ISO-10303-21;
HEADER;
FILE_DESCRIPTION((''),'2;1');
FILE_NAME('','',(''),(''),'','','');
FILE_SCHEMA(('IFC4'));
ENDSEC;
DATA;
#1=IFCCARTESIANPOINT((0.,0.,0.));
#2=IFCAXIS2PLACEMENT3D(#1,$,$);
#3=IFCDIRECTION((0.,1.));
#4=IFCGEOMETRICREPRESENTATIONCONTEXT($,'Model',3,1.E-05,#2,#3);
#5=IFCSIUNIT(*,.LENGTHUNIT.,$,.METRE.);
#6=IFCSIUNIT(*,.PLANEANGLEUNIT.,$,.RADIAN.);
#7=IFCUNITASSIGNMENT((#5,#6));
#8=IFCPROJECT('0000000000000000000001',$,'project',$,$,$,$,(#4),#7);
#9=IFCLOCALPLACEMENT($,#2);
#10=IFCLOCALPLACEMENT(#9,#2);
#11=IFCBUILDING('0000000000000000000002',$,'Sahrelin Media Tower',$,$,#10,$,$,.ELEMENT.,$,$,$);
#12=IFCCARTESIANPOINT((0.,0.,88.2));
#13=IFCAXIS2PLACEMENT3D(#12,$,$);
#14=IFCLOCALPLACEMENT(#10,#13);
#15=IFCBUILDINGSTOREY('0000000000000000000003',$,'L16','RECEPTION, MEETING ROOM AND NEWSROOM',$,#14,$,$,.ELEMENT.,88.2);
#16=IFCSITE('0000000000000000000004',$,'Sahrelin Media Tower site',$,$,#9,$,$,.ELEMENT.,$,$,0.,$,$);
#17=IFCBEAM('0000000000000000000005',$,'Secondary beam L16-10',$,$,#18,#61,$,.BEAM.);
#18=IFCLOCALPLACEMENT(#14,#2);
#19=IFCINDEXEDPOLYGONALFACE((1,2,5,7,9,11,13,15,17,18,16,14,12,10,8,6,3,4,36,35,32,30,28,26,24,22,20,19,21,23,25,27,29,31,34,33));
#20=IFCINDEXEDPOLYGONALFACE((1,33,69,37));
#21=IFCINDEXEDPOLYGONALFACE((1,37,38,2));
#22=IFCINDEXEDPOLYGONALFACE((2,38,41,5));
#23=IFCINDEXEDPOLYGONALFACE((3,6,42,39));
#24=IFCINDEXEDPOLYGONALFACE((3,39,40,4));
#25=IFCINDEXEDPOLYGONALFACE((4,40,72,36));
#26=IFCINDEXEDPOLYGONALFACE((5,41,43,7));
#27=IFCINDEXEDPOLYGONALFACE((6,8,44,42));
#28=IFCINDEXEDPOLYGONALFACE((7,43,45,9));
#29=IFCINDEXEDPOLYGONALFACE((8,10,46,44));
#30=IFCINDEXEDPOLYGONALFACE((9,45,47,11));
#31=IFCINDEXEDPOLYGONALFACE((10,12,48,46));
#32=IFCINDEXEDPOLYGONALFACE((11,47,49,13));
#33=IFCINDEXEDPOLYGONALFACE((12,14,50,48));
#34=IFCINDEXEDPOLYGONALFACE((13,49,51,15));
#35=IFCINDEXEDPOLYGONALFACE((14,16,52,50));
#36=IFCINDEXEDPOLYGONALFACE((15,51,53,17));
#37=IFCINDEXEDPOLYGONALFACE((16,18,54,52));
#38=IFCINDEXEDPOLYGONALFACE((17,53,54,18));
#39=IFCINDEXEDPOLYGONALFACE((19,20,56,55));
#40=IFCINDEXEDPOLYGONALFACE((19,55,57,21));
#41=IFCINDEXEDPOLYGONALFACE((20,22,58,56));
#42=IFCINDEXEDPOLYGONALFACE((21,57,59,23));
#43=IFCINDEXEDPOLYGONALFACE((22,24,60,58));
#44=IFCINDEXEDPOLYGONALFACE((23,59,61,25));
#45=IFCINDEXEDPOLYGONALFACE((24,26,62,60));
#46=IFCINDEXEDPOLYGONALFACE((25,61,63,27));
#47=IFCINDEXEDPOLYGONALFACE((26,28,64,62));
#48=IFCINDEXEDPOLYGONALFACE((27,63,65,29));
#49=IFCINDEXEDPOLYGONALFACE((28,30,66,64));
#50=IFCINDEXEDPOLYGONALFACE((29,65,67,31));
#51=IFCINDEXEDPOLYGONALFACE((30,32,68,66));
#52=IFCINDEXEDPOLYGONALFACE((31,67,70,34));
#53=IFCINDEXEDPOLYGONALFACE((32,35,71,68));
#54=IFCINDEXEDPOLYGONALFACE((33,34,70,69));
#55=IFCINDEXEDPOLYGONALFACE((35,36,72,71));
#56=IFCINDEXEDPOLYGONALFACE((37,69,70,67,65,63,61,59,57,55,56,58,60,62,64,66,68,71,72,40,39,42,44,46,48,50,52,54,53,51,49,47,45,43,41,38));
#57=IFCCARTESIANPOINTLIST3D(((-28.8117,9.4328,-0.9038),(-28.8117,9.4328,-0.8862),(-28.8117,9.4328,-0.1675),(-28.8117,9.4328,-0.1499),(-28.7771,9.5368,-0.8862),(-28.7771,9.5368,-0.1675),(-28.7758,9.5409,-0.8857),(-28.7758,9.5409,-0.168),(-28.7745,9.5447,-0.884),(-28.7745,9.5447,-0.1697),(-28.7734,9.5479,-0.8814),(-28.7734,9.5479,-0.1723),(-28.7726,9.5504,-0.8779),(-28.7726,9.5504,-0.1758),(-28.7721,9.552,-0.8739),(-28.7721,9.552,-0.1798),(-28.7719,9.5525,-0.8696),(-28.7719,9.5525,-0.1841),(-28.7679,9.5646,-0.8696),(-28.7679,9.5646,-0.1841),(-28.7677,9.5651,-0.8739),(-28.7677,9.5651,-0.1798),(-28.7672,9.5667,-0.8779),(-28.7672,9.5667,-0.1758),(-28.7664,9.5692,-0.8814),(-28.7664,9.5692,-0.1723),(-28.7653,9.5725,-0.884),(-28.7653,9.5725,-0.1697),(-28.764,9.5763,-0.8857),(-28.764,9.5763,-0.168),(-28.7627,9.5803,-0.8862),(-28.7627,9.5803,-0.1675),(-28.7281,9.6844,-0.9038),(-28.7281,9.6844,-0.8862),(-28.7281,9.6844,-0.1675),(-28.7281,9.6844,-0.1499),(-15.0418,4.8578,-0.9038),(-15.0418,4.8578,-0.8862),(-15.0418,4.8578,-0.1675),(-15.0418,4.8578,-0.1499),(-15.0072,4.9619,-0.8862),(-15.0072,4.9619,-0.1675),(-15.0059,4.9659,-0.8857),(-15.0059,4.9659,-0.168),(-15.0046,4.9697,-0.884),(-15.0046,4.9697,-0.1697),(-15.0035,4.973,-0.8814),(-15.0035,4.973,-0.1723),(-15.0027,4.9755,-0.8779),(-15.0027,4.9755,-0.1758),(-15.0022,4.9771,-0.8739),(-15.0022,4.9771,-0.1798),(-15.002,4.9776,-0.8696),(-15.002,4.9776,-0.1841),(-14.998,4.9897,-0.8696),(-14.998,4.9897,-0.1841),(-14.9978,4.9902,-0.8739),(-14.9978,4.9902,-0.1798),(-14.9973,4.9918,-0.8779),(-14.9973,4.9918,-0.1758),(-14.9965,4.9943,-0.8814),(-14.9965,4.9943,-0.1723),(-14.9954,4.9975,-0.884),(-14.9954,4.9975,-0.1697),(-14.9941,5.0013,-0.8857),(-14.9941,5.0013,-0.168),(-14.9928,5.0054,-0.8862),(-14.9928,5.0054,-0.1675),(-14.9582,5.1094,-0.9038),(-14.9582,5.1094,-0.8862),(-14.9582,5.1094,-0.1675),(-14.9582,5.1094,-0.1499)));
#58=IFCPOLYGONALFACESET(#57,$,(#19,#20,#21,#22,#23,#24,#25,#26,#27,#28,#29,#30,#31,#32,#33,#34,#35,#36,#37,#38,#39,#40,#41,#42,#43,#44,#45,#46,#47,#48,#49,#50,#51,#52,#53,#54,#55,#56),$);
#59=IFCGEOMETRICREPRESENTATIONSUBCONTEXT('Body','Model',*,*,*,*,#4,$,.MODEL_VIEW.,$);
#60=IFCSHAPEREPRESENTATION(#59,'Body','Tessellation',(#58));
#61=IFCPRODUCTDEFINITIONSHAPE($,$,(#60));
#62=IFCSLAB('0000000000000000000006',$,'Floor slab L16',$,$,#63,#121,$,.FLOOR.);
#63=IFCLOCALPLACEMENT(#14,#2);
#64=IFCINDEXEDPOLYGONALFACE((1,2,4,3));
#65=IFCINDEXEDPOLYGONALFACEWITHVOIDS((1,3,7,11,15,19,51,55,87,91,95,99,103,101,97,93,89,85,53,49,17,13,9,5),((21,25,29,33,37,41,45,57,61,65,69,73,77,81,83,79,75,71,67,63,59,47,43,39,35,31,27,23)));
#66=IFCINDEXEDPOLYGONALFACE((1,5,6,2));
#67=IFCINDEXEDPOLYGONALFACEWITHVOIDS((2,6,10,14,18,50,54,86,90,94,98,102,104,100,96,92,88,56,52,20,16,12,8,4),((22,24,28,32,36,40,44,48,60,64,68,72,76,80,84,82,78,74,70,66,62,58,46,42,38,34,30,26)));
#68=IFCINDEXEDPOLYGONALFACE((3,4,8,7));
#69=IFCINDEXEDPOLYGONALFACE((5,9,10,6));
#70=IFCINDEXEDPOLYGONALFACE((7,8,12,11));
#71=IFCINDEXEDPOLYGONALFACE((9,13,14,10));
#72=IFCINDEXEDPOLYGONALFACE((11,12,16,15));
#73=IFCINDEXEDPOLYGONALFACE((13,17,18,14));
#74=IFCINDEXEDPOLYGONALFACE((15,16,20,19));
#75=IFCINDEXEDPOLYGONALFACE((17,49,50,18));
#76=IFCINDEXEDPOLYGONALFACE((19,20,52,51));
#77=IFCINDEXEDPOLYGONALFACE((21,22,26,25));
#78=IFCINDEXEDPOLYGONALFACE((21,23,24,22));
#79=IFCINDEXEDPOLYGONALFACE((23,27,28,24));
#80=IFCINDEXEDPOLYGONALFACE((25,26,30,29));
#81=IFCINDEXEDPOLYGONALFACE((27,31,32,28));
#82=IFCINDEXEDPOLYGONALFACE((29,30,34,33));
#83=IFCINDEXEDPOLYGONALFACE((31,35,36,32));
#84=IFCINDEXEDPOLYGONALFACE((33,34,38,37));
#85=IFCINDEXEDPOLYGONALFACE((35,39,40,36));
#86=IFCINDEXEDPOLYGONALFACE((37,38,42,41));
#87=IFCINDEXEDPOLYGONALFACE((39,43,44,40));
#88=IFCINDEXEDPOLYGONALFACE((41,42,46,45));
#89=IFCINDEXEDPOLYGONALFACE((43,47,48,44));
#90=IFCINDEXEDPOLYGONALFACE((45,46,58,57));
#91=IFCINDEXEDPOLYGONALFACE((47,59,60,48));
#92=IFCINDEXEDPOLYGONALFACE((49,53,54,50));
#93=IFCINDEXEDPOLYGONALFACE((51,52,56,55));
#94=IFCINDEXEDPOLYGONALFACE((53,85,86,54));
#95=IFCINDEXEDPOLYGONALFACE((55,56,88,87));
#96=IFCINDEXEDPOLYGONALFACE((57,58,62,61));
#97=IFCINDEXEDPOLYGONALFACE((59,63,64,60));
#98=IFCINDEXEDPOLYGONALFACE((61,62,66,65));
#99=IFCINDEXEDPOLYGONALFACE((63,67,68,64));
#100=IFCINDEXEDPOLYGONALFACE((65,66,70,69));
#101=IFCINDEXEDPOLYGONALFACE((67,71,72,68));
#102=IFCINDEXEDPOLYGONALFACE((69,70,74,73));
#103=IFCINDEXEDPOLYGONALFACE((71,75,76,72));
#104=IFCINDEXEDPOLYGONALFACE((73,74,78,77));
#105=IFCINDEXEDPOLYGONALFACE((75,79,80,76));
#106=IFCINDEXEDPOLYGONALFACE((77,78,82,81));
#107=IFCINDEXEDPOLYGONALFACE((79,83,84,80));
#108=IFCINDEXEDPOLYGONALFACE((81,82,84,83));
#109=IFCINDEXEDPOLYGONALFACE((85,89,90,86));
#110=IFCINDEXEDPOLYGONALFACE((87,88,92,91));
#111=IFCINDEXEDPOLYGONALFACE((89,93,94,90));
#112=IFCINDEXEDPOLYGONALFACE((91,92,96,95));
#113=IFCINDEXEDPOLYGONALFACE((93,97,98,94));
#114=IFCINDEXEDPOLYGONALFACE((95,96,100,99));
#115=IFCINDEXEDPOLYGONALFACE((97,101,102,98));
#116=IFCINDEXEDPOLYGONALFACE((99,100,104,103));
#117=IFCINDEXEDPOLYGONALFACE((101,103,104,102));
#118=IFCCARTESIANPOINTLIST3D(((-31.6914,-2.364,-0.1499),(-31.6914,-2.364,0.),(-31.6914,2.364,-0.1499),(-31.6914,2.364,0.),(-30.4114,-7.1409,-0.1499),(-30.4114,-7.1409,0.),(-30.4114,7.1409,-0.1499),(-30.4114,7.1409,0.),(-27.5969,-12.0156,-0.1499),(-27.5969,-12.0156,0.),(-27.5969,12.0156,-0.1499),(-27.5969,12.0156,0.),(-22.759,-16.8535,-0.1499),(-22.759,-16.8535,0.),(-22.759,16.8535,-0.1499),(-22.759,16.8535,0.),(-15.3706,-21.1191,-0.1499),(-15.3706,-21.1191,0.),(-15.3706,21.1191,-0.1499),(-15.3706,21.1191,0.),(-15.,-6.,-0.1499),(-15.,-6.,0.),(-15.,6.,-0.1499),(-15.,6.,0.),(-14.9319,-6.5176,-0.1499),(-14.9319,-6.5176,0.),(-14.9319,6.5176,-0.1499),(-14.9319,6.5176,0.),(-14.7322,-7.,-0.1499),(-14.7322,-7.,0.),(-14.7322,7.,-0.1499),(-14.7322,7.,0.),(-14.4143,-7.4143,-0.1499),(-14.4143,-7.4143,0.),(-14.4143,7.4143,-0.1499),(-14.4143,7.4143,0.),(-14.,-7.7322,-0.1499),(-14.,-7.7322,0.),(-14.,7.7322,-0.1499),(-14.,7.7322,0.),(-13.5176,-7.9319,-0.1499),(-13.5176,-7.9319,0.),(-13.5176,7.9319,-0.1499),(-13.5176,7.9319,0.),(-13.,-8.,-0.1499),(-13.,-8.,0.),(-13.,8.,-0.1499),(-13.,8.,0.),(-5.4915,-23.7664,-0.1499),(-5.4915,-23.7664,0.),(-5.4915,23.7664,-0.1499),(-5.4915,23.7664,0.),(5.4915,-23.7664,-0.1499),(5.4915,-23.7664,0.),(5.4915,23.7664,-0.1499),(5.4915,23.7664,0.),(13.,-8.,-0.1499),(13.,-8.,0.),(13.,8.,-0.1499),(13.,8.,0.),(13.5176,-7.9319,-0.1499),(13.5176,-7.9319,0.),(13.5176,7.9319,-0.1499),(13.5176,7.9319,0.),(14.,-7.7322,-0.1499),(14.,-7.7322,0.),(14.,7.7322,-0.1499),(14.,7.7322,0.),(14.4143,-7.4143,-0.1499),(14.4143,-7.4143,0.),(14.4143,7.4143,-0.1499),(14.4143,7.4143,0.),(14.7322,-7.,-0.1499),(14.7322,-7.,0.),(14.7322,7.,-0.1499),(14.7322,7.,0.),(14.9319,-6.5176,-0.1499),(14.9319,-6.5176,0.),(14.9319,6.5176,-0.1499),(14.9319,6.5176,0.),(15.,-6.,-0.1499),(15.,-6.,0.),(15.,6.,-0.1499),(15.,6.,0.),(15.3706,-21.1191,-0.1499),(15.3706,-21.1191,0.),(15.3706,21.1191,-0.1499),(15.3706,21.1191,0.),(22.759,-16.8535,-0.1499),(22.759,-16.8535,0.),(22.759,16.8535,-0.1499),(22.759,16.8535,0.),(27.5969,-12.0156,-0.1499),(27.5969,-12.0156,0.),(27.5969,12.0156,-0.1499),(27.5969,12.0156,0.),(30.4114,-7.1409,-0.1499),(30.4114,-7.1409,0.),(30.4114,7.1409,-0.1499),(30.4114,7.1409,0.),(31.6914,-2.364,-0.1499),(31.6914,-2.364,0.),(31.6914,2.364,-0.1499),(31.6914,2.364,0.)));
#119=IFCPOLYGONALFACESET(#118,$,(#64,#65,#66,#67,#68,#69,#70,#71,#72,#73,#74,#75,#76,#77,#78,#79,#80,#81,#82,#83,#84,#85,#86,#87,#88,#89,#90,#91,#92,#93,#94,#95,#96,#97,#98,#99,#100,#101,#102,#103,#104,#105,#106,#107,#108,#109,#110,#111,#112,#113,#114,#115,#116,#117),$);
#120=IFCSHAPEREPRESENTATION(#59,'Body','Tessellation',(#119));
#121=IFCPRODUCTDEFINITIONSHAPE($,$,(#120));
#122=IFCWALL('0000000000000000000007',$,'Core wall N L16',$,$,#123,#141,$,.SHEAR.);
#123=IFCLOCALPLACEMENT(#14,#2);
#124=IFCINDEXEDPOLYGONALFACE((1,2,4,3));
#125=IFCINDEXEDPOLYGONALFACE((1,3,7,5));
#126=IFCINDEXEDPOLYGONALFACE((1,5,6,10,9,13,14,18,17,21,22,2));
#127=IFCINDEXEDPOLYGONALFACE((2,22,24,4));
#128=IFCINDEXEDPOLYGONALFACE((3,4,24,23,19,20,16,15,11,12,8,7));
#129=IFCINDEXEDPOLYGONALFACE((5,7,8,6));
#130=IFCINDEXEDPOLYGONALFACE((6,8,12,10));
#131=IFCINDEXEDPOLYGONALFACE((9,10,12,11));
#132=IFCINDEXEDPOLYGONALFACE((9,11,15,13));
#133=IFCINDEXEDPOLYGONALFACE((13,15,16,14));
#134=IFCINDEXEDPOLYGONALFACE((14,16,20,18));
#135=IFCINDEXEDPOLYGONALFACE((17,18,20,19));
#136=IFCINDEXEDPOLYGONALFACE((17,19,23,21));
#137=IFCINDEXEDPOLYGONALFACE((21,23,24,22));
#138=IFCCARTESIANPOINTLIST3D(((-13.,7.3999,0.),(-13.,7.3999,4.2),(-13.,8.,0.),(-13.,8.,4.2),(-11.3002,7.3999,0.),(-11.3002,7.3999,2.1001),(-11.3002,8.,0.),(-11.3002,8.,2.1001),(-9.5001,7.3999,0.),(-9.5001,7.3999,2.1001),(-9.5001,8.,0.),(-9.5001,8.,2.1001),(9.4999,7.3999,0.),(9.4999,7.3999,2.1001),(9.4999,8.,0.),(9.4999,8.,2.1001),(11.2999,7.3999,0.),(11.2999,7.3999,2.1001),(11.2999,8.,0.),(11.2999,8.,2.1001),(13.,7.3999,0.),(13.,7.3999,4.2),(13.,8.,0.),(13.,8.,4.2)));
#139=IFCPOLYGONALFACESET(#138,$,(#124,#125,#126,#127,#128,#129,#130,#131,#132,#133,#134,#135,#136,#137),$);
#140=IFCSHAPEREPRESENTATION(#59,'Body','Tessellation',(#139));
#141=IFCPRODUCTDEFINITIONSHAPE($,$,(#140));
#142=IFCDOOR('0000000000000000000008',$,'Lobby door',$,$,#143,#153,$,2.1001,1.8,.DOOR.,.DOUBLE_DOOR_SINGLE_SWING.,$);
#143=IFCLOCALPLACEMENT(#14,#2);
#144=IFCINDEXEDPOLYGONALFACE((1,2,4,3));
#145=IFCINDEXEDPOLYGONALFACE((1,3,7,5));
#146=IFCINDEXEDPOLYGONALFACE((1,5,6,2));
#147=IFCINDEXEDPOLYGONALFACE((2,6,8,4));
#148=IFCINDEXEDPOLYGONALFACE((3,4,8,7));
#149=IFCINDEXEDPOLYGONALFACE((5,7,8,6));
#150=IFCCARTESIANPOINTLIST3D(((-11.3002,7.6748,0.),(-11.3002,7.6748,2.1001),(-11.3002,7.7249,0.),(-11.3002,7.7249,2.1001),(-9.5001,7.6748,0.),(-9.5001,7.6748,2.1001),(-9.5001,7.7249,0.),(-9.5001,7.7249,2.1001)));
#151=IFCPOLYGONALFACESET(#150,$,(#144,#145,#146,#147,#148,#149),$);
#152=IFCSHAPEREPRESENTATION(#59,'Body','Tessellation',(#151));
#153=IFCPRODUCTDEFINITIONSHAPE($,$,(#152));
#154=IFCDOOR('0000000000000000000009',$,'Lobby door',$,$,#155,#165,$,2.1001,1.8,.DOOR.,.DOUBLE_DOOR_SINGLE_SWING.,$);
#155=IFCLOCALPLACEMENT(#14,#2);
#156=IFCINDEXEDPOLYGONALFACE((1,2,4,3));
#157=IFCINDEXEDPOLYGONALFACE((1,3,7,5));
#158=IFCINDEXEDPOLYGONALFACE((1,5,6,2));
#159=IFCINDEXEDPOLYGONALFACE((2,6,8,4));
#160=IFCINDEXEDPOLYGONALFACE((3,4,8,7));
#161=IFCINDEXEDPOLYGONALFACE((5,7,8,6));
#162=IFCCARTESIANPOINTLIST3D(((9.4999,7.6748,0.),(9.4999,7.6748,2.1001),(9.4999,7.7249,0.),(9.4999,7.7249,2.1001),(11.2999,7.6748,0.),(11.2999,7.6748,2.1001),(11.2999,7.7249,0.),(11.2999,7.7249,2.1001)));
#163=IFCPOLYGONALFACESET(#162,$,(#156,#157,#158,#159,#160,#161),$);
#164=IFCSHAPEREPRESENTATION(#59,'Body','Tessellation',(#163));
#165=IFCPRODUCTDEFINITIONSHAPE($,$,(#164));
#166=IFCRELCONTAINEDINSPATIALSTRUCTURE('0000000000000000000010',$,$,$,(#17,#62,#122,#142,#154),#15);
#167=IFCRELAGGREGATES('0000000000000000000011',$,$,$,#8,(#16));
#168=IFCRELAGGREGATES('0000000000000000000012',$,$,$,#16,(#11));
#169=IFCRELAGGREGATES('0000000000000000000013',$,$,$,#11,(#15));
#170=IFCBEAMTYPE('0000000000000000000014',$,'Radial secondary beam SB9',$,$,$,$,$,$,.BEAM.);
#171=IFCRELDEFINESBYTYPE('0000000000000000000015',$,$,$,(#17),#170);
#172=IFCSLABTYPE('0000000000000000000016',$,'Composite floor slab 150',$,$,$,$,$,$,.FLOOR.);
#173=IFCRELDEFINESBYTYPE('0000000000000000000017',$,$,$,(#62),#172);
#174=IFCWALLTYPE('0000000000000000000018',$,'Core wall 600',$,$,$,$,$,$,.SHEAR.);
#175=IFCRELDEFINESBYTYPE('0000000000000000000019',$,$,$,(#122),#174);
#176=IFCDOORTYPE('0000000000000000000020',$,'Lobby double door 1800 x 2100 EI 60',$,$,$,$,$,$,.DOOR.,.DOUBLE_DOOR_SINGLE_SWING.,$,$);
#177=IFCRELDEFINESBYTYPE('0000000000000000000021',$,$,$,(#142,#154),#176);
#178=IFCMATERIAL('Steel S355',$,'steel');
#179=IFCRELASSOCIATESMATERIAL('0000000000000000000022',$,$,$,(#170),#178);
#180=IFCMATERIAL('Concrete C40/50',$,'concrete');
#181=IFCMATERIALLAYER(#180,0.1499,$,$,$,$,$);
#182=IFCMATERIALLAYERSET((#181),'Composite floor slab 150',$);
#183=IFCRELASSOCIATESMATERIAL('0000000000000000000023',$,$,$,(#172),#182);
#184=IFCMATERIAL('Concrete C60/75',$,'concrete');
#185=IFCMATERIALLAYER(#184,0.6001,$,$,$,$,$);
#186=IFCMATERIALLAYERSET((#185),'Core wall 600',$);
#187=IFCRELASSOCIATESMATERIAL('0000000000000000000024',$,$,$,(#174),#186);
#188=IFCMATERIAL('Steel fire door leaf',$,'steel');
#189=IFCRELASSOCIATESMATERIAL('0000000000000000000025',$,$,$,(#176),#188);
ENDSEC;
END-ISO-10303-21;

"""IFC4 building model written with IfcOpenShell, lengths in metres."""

from ifc_helpers import new_model, si_unit, direction, frame, frame_2d, origin, origin_2d, place, context, subcontext, project, spatial, polyline, rectangle, i_section, outline, extrude, material, layer, layer_set, material_profile, profile_set, type_object, element, fill, save


model = new_model("IFC4")

# Units and contexts
model_context = context("Model", 3, precision=1e-05, world=origin(), true_north=direction((0.0, 1.0)))
body_context = subcontext(model_context, "Body", "Model", "MODEL_VIEW")
ifc_project = project(units=[si_unit("LENGTHUNIT", "METRE"), si_unit("PLANEANGLEUNIT", "RADIAN")], contexts=[model_context])

# Site, building, storey
site_placement = place(None, origin())
site = spatial("IfcSite", under=ifc_project, at=site_placement, Name="Sahrelin Media Tower site", CompositionType="ELEMENT", RefElevation=0.0)
building_placement = place(site_placement, origin())
building = spatial("IfcBuilding", under=site, at=building_placement, Name="Sahrelin Media Tower", CompositionType="ELEMENT")
storey_placement = place(building_placement, frame((0.0, 0.0, 88.2)))
storey = spatial("IfcBuildingStorey", under=building, at=storey_placement, Name="L16", Description="RECEPTION, MEETING ROOM AND NEWSROOM", CompositionType="ELEMENT", Elevation=88.2)

# Beam
ifc_material_1 = material(Name="Steel S355", Category="steel")
ifc_material_profile_1 = material_profile(ifc_material_1, i_section(OverallWidth=0.2651, OverallDepth=0.7539, WebThickness=0.0127, FlangeThickness=0.0176, FilletRadius=0.0166, at=origin_2d()), Name="UB 762x267x147")
ifc_profile_set_1 = profile_set([ifc_material_profile_1], Name="Steel S355")
beam_type_1 = type_object("IfcBeamType", Name="Radial secondary beam SB9", PredefinedType="BEAM", material=ifc_profile_set_1)
beam_1_placement = place(storey_placement, frame((-15.0, 4.9836, -0.5269), z_axis=(-0.948994, 0.315294, 0.0), x_axis=(-0.315294, -0.948994, 0.0)))
element("IfcBeam", 1, at=beam_1_placement, inside=storey, type_object=beam_type_1, Name="Secondary beam L16-10", PredefinedType="BEAM", context=body_context, shape_type="SweptSolid", body=[
    extrude(i_section(OverallWidth=0.2651, OverallDepth=0.7539, WebThickness=0.0127, FlangeThickness=0.0176, FilletRadius=0.0166, at=origin_2d()), origin(), (0.0, 0.0, 1.0), 14.51),
])

# Slab
ifc_material_2 = material(Name="Concrete C40/50", Category="concrete")
ifc_layer_1 = layer(ifc_material_2, 0.1499)
ifc_layer_set_1 = layer_set([ifc_layer_1], Name="Composite floor slab 150")
slab_type = type_object("IfcSlabType", Name="Composite floor slab 150", PredefinedType="FLOOR", material=ifc_layer_set_1)
slab_placement = place(storey_placement, frame((0.0, 0.0, -0.1499)))
element("IfcSlab", 2, at=slab_placement, inside=storey, type_object=slab_type, Name="Floor slab L16", PredefinedType="FLOOR", context=body_context, shape_type="SweptSolid", body=[
    extrude(outline(polyline([(31.6914, -2.364), (31.6914, 2.364), (30.4114, 7.1409), (27.5969, 12.0156), (22.759, 16.8535), (15.3706, 21.1191), (5.4915, 23.7664), (-5.4915, 23.7664), (-15.3706, 21.1191), (-22.759, 16.8535), (-27.5969, 12.0156), (-30.4114, 7.1409), (-31.6914, 2.364), (-31.6914, -2.364), (-30.4114, -7.1409), (-27.5969, -12.0156), (-22.759, -16.8535), (-15.3706, -21.1191), (-5.4915, -23.7664), (5.4915, -23.7664), (15.3706, -21.1191), (22.759, -16.8535), (27.5969, -12.0156), (30.4114, -7.1409), (31.6914, -2.364)]), holes=[polyline([(14.9319, 6.5176), (15.0, 6.0), (15.0, -6.0), (14.9319, -6.5176), (14.7322, -7.0), (14.4143, -7.4143), (14.0, -7.7322), (13.5176, -7.9319), (13.0, -8.0), (-13.0, -8.0), (-13.5176, -7.9319), (-14.0, -7.7322), (-14.4143, -7.4143), (-14.7322, -7.0), (-14.9319, -6.5176), (-15.0, -6.0), (-15.0, 6.0), (-14.9319, 6.5176), (-14.7322, 7.0), (-14.4143, 7.4143), (-14.0, 7.7322), (-13.5176, 7.9319), (-13.0, 8.0), (13.0, 8.0), (13.5176, 7.9319), (14.0, 7.7322), (14.4143, 7.4143), (14.7322, 7.0), (14.9319, 6.5176)])]), origin(), (0.0, 0.0, 1.0), 0.1499),
])

# Wall, openings, doors
ifc_material_3 = material(Name="Concrete C60/75", Category="concrete")
ifc_layer_2 = layer(ifc_material_3, 0.6001)
ifc_layer_set_2 = layer_set([ifc_layer_2], Name="Core wall 600")
wall_type_1 = type_object("IfcWallType", Name="Core wall 600", PredefinedType="SHEAR", material=ifc_layer_set_2)
wall_1_placement = place(storey_placement, frame((-13.0, 7.7, 0.0), z_axis=(0.0, 0.0, 1.0), x_axis=(1.0, 0.0, 0.0)))
wall_1 = element("IfcWall", 3, at=wall_1_placement, inside=storey, type_object=wall_type_1, Name="Core wall N L16", PredefinedType="SHEAR", context=body_context, shape_type="SweptSolid", body=[
    extrude(rectangle(XDim=26.0, YDim=0.6001, at=frame_2d((13.0, 0.0))), origin(), (0.0, 0.0, 1.0), 4.2),
])
opening_1_placement = place(wall_1_placement, frame((1.7, 0.0, 0.0)))
opening_1 = element("IfcOpeningElement", 4, at=opening_1_placement, cuts=wall_1, PredefinedType="OPENING", context=body_context, shape_type="SweptSolid", body=[
    extrude(rectangle(XDim=1.8, YDim=2.1001, at=frame_2d((0.8999, 1.05))), frame((0.0, 0.3, 0.0), z_axis=(0.0, -1.0, 0.0), x_axis=(1.0, 0.0, 0.0)), (0.0, 0.0, 1.0), 0.6001),
])
opening_2_placement = place(wall_1_placement, frame((22.5, 0.0, 0.0)))
opening_2 = element("IfcOpeningElement", 5, at=opening_2_placement, cuts=wall_1, PredefinedType="OPENING", context=body_context, shape_type="SweptSolid", body=[
    extrude(rectangle(XDim=1.8, YDim=2.1001, at=frame_2d((0.8999, 1.05))), frame((0.0, 0.3, 0.0), z_axis=(0.0, -1.0, 0.0), x_axis=(1.0, 0.0, 0.0)), (0.0, 0.0, 1.0), 0.6001),
])
ifc_material_4 = material(Name="Steel fire door leaf", Category="steel")
door_type_1 = type_object("IfcDoorType", Name="Lobby double door 1800 x 2100 EI 60", OperationType="DOUBLE_DOOR_SINGLE_SWING", PredefinedType="DOOR", material=ifc_material_4)
door_1_placement = place(opening_1_placement, origin())
door_1 = element("IfcDoor", 6, at=door_1_placement, inside=storey, type_object=door_type_1, Name="Lobby door", OperationType="DOUBLE_DOOR_SINGLE_SWING", OverallHeight=2.1001, OverallWidth=1.8, PredefinedType="DOOR", context=body_context, shape_type="SweptSolid", body=[
    extrude(rectangle(XDim=1.8, YDim=2.1001, at=frame_2d((0.8999, 1.05))), frame((0.0, 0.0249, 0.0), z_axis=(0.0, -1.0, 0.0), x_axis=(1.0, 0.0, 0.0)), (0.0, 0.0, 1.0), 0.05),
])
fill(opening_1, door_1)
door_2_placement = place(opening_2_placement, origin())
door_2 = element("IfcDoor", 7, at=door_2_placement, inside=storey, type_object=door_type_1, Name="Lobby door", OperationType="DOUBLE_DOOR_SINGLE_SWING", OverallHeight=2.1001, OverallWidth=1.8, PredefinedType="DOOR", context=body_context, shape_type="SweptSolid", body=[
    extrude(rectangle(XDim=1.8, YDim=2.1001, at=frame_2d((0.8999, 1.05))), frame((0.0, 0.0249, 0.0), z_axis=(0.0, -1.0, 0.0), x_axis=(1.0, 0.0, 0.0)), (0.0, 0.0, 1.0), 0.05),
])
fill(opening_2, door_2)

save(model, "model.ifc")
